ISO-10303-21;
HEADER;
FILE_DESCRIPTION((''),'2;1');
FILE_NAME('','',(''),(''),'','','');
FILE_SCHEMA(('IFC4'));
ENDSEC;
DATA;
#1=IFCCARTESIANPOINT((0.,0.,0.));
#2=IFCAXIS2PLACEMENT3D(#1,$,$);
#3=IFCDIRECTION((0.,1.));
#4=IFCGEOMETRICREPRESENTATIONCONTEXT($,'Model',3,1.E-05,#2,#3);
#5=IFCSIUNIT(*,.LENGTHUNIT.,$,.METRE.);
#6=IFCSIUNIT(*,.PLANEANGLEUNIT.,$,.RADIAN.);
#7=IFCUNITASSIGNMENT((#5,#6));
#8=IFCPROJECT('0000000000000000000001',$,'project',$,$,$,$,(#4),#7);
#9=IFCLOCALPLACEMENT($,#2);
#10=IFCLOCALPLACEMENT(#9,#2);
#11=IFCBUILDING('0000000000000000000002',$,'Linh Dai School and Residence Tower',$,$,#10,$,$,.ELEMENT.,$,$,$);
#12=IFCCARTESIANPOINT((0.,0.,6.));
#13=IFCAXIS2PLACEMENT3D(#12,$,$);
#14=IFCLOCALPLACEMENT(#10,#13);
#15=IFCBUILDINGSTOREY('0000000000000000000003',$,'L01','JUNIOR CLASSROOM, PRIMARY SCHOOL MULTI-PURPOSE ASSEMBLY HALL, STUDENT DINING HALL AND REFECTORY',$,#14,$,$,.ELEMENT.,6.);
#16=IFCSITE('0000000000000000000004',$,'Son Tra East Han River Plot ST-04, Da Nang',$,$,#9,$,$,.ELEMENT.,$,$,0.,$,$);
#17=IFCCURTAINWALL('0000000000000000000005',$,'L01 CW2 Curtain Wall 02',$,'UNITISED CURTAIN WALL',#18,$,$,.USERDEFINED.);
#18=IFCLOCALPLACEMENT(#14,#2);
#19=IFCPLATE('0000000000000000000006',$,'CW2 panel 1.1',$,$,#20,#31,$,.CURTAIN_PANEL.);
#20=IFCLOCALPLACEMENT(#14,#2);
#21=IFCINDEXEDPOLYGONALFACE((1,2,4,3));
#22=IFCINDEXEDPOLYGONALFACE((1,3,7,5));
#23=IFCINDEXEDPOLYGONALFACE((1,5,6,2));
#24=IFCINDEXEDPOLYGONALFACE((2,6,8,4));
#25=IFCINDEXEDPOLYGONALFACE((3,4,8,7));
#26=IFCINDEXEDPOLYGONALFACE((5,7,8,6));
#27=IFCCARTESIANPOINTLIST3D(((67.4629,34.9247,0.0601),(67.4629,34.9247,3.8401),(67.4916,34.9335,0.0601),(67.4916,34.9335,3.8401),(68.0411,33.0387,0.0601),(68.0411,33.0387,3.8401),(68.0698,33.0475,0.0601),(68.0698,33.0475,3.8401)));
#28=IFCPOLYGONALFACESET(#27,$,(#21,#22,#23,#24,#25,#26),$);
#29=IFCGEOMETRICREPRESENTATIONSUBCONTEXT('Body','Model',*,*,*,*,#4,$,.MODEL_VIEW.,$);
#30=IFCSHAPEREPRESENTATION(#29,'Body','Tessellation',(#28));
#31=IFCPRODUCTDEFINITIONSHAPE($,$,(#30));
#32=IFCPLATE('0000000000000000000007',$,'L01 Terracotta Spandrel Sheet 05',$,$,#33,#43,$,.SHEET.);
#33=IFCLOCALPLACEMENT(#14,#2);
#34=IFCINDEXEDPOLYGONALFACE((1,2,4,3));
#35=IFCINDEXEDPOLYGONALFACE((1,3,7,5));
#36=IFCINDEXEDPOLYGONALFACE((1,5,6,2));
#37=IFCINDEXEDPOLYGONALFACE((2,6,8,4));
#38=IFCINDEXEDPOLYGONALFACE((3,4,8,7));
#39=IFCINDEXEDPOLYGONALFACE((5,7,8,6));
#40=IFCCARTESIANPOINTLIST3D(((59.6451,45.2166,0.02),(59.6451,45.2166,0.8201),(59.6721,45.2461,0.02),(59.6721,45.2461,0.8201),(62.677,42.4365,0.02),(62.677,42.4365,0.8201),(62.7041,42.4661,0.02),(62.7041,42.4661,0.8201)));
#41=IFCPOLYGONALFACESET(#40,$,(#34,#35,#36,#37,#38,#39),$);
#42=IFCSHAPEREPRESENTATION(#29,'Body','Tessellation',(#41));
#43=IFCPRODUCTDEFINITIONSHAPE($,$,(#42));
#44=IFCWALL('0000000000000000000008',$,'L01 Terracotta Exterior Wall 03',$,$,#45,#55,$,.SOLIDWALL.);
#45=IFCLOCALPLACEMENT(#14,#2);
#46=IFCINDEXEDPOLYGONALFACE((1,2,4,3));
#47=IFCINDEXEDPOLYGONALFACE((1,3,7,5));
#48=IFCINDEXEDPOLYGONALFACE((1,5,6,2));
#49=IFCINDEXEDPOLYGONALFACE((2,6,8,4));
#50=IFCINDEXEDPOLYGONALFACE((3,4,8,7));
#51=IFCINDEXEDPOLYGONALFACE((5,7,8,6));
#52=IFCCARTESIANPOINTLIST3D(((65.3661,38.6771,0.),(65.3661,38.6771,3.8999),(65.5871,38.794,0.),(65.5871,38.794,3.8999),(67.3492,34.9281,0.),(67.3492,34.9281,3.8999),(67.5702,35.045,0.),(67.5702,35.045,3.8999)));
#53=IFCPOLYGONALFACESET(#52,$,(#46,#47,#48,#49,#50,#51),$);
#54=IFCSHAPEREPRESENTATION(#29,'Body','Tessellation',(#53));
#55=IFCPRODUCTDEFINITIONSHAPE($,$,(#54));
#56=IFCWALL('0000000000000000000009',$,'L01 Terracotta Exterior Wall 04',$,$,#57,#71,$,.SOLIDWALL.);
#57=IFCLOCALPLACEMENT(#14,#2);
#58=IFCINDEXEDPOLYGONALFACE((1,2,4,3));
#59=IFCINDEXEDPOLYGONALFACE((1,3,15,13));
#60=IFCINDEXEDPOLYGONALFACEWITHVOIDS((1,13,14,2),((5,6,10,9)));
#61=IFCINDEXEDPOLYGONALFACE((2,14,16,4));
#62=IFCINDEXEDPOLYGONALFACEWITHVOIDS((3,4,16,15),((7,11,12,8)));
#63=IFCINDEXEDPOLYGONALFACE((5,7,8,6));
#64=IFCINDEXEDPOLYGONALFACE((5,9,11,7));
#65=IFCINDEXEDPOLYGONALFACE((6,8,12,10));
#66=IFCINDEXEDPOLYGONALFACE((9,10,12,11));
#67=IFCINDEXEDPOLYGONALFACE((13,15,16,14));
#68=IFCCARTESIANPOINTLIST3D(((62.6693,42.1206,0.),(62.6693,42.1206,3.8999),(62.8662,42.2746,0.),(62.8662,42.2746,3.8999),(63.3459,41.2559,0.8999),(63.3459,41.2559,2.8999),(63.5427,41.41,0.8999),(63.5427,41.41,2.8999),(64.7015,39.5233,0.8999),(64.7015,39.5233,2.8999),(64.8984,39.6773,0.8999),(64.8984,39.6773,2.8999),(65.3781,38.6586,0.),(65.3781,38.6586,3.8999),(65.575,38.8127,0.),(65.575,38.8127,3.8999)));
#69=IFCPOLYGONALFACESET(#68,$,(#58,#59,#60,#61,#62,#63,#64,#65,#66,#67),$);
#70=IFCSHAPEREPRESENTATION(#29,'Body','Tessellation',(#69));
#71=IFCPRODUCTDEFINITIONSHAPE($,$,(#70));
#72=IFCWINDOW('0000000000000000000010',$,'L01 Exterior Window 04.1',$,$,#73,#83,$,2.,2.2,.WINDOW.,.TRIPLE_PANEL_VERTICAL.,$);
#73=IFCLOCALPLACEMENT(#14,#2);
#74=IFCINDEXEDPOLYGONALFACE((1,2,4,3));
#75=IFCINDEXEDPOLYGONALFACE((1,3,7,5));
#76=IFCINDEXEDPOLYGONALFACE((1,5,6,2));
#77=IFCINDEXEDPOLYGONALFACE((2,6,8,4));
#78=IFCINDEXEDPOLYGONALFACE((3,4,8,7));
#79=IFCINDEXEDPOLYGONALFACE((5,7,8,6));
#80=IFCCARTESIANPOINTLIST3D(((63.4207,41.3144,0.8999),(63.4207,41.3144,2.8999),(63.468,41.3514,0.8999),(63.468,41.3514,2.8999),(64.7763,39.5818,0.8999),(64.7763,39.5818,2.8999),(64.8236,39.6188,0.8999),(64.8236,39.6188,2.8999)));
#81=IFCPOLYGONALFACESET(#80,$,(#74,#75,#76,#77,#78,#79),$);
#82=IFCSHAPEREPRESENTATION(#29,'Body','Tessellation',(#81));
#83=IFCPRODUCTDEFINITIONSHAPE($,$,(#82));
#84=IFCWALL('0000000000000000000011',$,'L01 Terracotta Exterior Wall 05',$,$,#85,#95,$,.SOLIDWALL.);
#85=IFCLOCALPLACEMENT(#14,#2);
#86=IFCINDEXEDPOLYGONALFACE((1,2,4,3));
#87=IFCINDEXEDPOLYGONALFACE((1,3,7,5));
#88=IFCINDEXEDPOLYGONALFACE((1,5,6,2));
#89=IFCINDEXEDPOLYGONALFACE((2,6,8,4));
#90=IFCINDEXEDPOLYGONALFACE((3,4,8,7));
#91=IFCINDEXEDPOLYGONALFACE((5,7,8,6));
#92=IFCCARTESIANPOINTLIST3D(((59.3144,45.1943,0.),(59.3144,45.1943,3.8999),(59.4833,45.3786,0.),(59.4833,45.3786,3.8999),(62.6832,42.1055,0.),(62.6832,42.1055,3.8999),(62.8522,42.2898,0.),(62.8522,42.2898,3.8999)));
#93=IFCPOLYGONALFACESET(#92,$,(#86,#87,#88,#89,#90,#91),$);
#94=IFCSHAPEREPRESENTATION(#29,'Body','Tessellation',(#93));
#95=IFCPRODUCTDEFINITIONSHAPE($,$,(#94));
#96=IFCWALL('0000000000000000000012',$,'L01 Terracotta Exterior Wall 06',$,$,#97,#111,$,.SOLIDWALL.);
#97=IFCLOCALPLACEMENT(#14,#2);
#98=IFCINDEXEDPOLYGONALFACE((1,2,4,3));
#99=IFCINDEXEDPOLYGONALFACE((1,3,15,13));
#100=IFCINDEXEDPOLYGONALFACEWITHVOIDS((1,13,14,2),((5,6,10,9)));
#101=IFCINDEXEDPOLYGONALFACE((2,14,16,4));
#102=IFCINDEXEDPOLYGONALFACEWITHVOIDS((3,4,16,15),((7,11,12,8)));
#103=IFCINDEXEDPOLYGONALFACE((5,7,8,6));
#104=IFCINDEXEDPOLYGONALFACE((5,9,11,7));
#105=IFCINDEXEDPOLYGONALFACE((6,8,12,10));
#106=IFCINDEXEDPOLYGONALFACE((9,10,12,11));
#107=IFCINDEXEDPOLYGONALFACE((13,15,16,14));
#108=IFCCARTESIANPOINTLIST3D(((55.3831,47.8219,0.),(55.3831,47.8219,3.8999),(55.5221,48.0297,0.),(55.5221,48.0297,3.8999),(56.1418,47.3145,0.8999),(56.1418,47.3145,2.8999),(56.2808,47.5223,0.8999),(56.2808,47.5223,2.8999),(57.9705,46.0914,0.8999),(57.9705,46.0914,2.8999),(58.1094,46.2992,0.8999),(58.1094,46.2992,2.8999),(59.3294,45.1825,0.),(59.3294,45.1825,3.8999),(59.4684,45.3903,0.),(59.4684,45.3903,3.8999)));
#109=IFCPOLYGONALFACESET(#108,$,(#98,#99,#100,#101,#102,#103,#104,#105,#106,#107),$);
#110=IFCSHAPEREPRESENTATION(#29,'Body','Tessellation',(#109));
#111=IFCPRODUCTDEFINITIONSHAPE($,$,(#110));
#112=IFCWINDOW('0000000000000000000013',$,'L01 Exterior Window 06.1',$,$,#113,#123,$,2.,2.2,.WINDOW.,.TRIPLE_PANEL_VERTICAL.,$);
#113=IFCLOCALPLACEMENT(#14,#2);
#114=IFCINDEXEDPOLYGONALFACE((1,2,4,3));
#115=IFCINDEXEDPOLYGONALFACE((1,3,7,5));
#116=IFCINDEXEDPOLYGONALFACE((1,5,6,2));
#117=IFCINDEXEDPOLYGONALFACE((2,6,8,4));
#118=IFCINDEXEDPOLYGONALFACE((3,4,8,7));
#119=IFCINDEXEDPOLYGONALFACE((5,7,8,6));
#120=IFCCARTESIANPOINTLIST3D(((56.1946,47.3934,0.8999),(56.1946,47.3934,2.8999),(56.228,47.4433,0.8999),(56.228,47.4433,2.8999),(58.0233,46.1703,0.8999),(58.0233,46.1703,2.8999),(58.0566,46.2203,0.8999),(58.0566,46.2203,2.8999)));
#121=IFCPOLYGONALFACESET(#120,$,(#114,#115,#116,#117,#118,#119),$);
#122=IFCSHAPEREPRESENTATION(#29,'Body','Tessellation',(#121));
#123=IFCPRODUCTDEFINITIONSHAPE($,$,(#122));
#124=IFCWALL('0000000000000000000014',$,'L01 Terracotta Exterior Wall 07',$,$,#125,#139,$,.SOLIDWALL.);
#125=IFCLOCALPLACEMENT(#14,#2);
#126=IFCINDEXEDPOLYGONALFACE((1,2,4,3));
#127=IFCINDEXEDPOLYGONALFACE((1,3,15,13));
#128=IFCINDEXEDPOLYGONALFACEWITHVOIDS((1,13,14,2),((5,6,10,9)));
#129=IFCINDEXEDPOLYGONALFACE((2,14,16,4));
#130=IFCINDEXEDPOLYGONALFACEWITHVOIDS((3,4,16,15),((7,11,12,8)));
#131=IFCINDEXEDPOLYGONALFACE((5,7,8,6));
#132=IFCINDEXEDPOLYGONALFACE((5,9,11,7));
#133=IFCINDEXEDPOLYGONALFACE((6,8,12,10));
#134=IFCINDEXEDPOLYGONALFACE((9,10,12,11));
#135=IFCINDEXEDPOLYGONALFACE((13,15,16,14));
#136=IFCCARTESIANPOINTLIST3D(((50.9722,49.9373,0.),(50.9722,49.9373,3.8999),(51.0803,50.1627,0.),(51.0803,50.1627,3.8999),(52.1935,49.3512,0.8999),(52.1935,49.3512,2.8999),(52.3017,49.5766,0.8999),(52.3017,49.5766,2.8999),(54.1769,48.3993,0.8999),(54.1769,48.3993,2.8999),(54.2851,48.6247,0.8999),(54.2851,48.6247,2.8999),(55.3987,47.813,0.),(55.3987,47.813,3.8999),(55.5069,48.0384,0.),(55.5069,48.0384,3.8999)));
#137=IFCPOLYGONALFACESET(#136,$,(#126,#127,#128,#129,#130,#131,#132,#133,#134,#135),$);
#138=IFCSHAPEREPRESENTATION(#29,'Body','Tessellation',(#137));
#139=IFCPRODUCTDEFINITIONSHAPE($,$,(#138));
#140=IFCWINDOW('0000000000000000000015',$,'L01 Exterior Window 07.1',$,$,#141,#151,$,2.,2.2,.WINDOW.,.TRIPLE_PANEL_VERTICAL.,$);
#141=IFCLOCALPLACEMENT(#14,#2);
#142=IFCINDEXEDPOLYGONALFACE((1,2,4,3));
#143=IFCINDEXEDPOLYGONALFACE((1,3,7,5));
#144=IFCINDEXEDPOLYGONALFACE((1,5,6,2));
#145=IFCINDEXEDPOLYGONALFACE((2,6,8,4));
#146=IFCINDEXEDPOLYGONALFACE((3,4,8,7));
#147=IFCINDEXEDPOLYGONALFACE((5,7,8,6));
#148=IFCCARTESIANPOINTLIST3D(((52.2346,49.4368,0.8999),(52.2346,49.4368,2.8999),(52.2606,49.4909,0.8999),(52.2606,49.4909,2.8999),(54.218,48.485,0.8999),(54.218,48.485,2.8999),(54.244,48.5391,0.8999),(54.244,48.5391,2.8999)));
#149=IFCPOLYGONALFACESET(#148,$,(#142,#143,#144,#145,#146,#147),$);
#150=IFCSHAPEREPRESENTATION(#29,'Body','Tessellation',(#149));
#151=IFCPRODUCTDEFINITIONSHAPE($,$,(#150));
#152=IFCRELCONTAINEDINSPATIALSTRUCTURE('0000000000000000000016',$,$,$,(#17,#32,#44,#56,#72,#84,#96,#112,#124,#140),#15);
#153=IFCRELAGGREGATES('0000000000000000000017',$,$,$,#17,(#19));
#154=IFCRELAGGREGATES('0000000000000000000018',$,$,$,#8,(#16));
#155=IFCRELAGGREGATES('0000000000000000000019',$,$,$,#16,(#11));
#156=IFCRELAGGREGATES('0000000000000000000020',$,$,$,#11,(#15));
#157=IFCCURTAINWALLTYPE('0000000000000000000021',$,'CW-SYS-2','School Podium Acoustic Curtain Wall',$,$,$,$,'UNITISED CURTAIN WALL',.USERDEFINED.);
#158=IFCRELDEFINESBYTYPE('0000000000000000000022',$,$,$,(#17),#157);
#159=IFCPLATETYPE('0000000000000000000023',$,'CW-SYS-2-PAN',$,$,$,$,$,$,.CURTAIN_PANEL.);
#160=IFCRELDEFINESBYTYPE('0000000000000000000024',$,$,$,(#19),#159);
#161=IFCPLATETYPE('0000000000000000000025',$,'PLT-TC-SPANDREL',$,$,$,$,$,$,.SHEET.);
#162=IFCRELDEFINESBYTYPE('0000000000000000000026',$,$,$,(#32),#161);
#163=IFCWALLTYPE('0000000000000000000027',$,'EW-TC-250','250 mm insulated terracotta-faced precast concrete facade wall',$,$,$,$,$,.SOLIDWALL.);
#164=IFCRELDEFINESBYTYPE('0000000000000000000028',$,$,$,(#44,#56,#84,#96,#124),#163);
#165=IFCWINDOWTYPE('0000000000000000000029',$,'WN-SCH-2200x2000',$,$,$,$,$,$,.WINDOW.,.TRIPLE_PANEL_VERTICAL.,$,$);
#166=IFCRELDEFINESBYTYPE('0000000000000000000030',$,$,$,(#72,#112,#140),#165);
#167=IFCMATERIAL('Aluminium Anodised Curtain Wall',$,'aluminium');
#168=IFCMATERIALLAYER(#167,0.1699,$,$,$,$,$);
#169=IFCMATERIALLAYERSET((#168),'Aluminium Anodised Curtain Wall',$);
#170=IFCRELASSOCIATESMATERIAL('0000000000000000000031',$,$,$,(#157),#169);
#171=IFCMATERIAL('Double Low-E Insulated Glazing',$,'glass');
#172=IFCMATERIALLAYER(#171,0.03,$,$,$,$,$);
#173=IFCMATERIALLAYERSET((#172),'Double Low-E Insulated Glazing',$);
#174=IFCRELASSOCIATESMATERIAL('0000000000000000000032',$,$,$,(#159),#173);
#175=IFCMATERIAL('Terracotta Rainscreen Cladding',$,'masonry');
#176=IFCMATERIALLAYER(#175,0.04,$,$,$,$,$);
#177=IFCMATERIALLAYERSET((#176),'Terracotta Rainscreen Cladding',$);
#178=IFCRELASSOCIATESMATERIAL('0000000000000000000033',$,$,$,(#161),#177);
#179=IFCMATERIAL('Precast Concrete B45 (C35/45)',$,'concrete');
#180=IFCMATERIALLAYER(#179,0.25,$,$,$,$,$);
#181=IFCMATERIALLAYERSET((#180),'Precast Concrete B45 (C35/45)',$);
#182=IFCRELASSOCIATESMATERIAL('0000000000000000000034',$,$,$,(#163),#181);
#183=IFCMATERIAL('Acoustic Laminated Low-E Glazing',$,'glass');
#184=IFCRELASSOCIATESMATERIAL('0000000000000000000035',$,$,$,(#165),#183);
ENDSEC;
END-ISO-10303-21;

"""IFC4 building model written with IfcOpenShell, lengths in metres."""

from ifc_helpers import new_model, si_unit, direction, frame, frame_2d, origin, origin_2d, place, context, subcontext, project, spatial, rectangle, extrude, source, transform, mapped, material, layer, layer_set, type_object, element, fill, aggregate, save


model = new_model("IFC4")

# Units and contexts
model_context = context("Model", 3, precision=1e-05, world=origin(), true_north=direction((0.0, 1.0)))
body_context = subcontext(model_context, "Body", "Model", "MODEL_VIEW")
ifc_project = project(units=[si_unit("LENGTHUNIT", "METRE"), si_unit("PLANEANGLEUNIT", "RADIAN")], contexts=[model_context])

# Site, building, storey
site_placement = place(None, origin())
site = spatial("IfcSite", under=ifc_project, at=site_placement, Name="Son Tra East Han River Plot ST-04, Da Nang", CompositionType="ELEMENT", RefElevation=0.0)
building_placement = place(site_placement, origin())
building = spatial("IfcBuilding", under=site, at=building_placement, Name="Linh Dai School and Residence Tower", CompositionType="ELEMENT")
storey_placement = place(building_placement, frame((0.0, 0.0, 6.0)))
storey = spatial("IfcBuildingStorey", under=building, at=storey_placement, Name="L01", Description="JUNIOR CLASSROOM, PRIMARY SCHOOL MULTI-PURPOSE ASSEMBLY HALL, STUDENT DINING HALL AND REFECTORY", CompositionType="ELEMENT", Elevation=6.0)

# Curtain wall
ifc_material_1 = material(Name="Aluminium Anodised Curtain Wall", Category="aluminium")
ifc_layer_1 = layer(ifc_material_1, 0.1699)
ifc_layer_set_1 = layer_set([ifc_layer_1], Name="Aluminium Anodised Curtain Wall")
curtain_wall_type = type_object("IfcCurtainWallType", Name="CW-SYS-2", Description="School Podium Acoustic Curtain Wall", ElementType="UNITISED CURTAIN WALL", PredefinedType="USERDEFINED", material=ifc_layer_set_1)
curtain_wall_placement = place(storey_placement, origin())
curtain_wall = element("IfcCurtainWall", 1, at=curtain_wall_placement, inside=storey, type_object=curtain_wall_type, Name="L01 CW2 Curtain Wall 02", ObjectType="UNITISED CURTAIN WALL", PredefinedType="USERDEFINED")

# Plates
ifc_material_2 = material(Name="Double Low-E Insulated Glazing", Category="glass")
ifc_layer_2 = layer(ifc_material_2, 0.03)
ifc_layer_set_2 = layer_set([ifc_layer_2], Name="Double Low-E Insulated Glazing")
plate_type_1 = type_object("IfcPlateType", Name="CW-SYS-2-PAN", PredefinedType="CURTAIN_PANEL", material=ifc_layer_set_2)
shared_shape_1 = source(origin(), body_context, "Body", "SweptSolid", [
    extrude(rectangle(XDim=1.9727, YDim=0.03, at=origin_2d()), origin(), (0.0, 0.0, 1.0), 3.78),
])
plate_1_placement = place(storey_placement, frame((67.7664, 33.9861, 0.0601), z_axis=(0.0, 0.0, 1.0), x_axis=(0.293104, -0.956081, 0.0)))
plate_1 = element("IfcPlate", 2, at=plate_1_placement, type_object=plate_type_1, Name="CW2 panel 1.1", PredefinedType="CURTAIN_PANEL", context=body_context, shape_type="MappedRepresentation", body=[
    mapped(shared_shape_1, transform((0.0, 0.0, 0.0), x_axis=(1.0, 0.0, 0.0), y_axis=(0.0, 1.0, 0.0), z_axis=(0.0, 0.0, 1.0), scale=1.0)),
])
aggregate(curtain_wall, [plate_1])
ifc_material_3 = material(Name="Terracotta Rainscreen Cladding", Category="masonry")
ifc_layer_3 = layer(ifc_material_3, 0.04)
ifc_layer_set_3 = layer_set([ifc_layer_3], Name="Terracotta Rainscreen Cladding")
plate_type_2 = type_object("IfcPlateType", Name="PLT-TC-SPANDREL", PredefinedType="SHEET", material=ifc_layer_set_3)
shared_shape_2 = source(origin(), body_context, "Body", "SweptSolid", [
    extrude(rectangle(XDim=4.1135, YDim=0.04, at=origin_2d()), origin(), (0.0, 0.0, 1.0), 0.8),
])
plate_2_placement = place(storey_placement, frame((61.1746, 43.8413, 0.02), z_axis=(0.0, 0.0, 1.0), x_axis=(0.737063, -0.675824, 0.0)))
element("IfcPlate", 3, at=plate_2_placement, inside=storey, type_object=plate_type_2, Name="L01 Terracotta Spandrel Sheet 05", PredefinedType="SHEET", context=body_context, shape_type="MappedRepresentation", body=[
    mapped(shared_shape_2, transform((0.0, 0.0, 0.0), x_axis=(1.0, 0.0, 0.0), y_axis=(0.0, 1.0, 0.0), z_axis=(0.0, 0.0, 1.0), scale=1.0)),
])

# Wall
ifc_material_4 = material(Name="Precast Concrete B45 (C35/45)", Category="concrete")
ifc_layer_4 = layer(ifc_material_4, 0.25)
ifc_layer_set_4 = layer_set([ifc_layer_4], Name="Precast Concrete B45 (C35/45)")
wall_type_1 = type_object("IfcWallType", Name="EW-TC-250", Description="250 mm insulated terracotta-faced precast concrete facade wall", PredefinedType="SOLIDWALL", material=ifc_layer_set_4)
wall_1_placement = place(storey_placement, frame((65.4766, 38.7356, 0.0), z_axis=(0.0, 0.0, 1.0), x_axis=(0.467589, -0.883946, 0.0)))
element("IfcWall", 4, at=wall_1_placement, inside=storey, type_object=wall_type_1, Name="L01 Terracotta Exterior Wall 03", PredefinedType="SOLIDWALL", context=body_context, shape_type="SweptSolid", body=[
    extrude(rectangle(XDim=4.2412, YDim=0.25, at=frame_2d((2.1206, 0.0))), origin(), (0.0, 0.0, 1.0), 3.8999),
])

# Wall, opening, window
wall_2_placement = place(storey_placement, frame((62.7678, 42.1975, 0.0), z_axis=(0.0, 0.0, 1.0), x_axis=(0.616226, -0.787569, 0.0)))
wall_2 = element("IfcWall", 5, at=wall_2_placement, inside=storey, type_object=wall_type_1, Name="L01 Terracotta Exterior Wall 04", PredefinedType="SOLIDWALL", context=body_context, shape_type="SweptSolid", body=[
    extrude(rectangle(XDim=4.3958, YDim=0.25, at=frame_2d((2.1978, 0.0))), origin(), (0.0, 0.0, 1.0), 3.8999),
])
opening_1_placement = place(wall_2_placement, frame((1.0977, 0.0, 0.8999)))
opening_1 = element("IfcOpeningElement", 6, at=opening_1_placement, cuts=wall_2, PredefinedType="OPENING", context=body_context, shape_type="SweptSolid", body=[
    extrude(rectangle(XDim=2.2, YDim=2.0, at=origin_2d()), frame((1.1001, 0.135, 1.0), z_axis=(0.0, -1.0, 0.0), x_axis=(1.0, 0.0, 0.0)), (0.0, 0.0, 1.0), 0.27),
])
ifc_material_5 = material(Name="Acoustic Laminated Low-E Glazing", Category="glass")
window_type = type_object("IfcWindowType", Name="WN-SCH-2200x2000", PartitioningType="TRIPLE_PANEL_VERTICAL", PredefinedType="WINDOW", material=ifc_material_5)
shared_shape_3 = source(origin(), body_context, "Body", "SweptSolid", [
    extrude(rectangle(XDim=2.2, YDim=2.0, at=origin_2d()), frame((1.1001, 0.03, 1.0), z_axis=(0.0, -1.0, 0.0), x_axis=(1.0, 0.0, 0.0)), (0.0, 0.0, 1.0), 0.0601),
])
window_1_placement = place(opening_1_placement, origin())
window_1 = element("IfcWindow", 7, at=window_1_placement, inside=storey, type_object=window_type, Name="L01 Exterior Window 04.1", OverallHeight=2.0, OverallWidth=2.2, PartitioningType="TRIPLE_PANEL_VERTICAL", PredefinedType="WINDOW", context=body_context, shape_type="MappedRepresentation", body=[
    mapped(shared_shape_3, transform((0.0, 0.0, 0.0), x_axis=(1.0, 0.0, 0.0), y_axis=(0.0, 1.0, 0.0), z_axis=(0.0, 0.0, 1.0), scale=1.0)),
])
fill(opening_1, window_1)

# Wall
wall_3_placement = place(storey_placement, frame((59.3989, 45.2864, 0.0), z_axis=(0.0, 0.0, 1.0), x_axis=(0.737077, -0.675809, 0.0)))
element("IfcWall", 8, at=wall_3_placement, inside=storey, type_object=wall_type_1, Name="L01 Terracotta Exterior Wall 05", PredefinedType="SOLIDWALL", context=body_context, shape_type="SweptSolid", body=[
    extrude(rectangle(XDim=4.5706, YDim=0.25, at=frame_2d((2.2852, 0.0))), origin(), (0.0, 0.0, 1.0), 3.8999),
])

# Walls, openings, windows
wall_4_placement = place(storey_placement, frame((55.4526, 47.9258, 0.0), z_axis=(0.0, 0.0, 1.0), x_axis=(0.831219, -0.555946, 0.0)))
wall_4 = element("IfcWall", 9, at=wall_4_placement, inside=storey, type_object=wall_type_1, Name="L01 Terracotta Exterior Wall 06", PredefinedType="SOLIDWALL", context=body_context, shape_type="SweptSolid", body=[
    extrude(rectangle(XDim=4.7476, YDim=0.25, at=frame_2d((2.3738, 0.0))), origin(), (0.0, 0.0, 1.0), 3.8999),
])
opening_2_placement = place(wall_4_placement, frame((0.9126, 0.0, 0.8999)))
opening_2 = element("IfcOpeningElement", 10, at=opening_2_placement, cuts=wall_4, PredefinedType="OPENING", context=body_context, shape_type="SweptSolid", body=[
    extrude(rectangle(XDim=2.2, YDim=2.0, at=origin_2d()), frame((1.1001, 0.135, 1.0), z_axis=(0.0, -1.0, 0.0), x_axis=(1.0, 0.0, 0.0)), (0.0, 0.0, 1.0), 0.27),
])
window_2_placement = place(opening_2_placement, origin())
window_2 = element("IfcWindow", 11, at=window_2_placement, inside=storey, type_object=window_type, Name="L01 Exterior Window 06.1", OverallHeight=2.0, OverallWidth=2.2, PartitioningType="TRIPLE_PANEL_VERTICAL", PredefinedType="WINDOW", context=body_context, shape_type="MappedRepresentation", body=[
    mapped(shared_shape_3, transform((0.0, 0.0, 0.0), x_axis=(1.0, 0.0, 0.0), y_axis=(0.0, 1.0, 0.0), z_axis=(0.0, 0.0, 1.0), scale=1.0)),
])
fill(opening_2, window_2)
wall_5_placement = place(storey_placement, frame((51.0261, 50.05, 0.0), z_axis=(0.0, 0.0, 1.0), x_axis=(0.90156, -0.432655, 0.0)))
wall_5 = element("IfcWall", 12, at=wall_5_placement, inside=storey, type_object=wall_type_1, Name="L01 Terracotta Exterior Wall 07", PredefinedType="SOLIDWALL", context=body_context, shape_type="SweptSolid", body=[
    extrude(rectangle(XDim=4.9099, YDim=0.25, at=frame_2d((2.4551, 0.0))), origin(), (0.0, 0.0, 1.0), 3.8999),
])
opening_3_placement = place(wall_5_placement, frame((1.3547, 0.0, 0.8999)))
opening_3 = element("IfcOpeningElement", 13, at=opening_3_placement, cuts=wall_5, PredefinedType="OPENING", context=body_context, shape_type="SweptSolid", body=[
    extrude(rectangle(XDim=2.2, YDim=2.0, at=origin_2d()), frame((1.1001, 0.135, 1.0), z_axis=(0.0, -1.0, 0.0), x_axis=(1.0, 0.0, 0.0)), (0.0, 0.0, 1.0), 0.27),
])
window_3_placement = place(opening_3_placement, origin())
window_3 = element("IfcWindow", 14, at=window_3_placement, inside=storey, type_object=window_type, Name="L01 Exterior Window 07.1", OverallHeight=2.0, OverallWidth=2.2, PartitioningType="TRIPLE_PANEL_VERTICAL", PredefinedType="WINDOW", context=body_context, shape_type="MappedRepresentation", body=[
    mapped(shared_shape_3, transform((0.0, 0.0, 0.0), x_axis=(1.0, 0.0, 0.0), y_axis=(0.0, 1.0, 0.0), z_axis=(0.0, 0.0, 1.0), scale=1.0)),
])
fill(opening_3, window_3)

save(model, "model.ifc")
